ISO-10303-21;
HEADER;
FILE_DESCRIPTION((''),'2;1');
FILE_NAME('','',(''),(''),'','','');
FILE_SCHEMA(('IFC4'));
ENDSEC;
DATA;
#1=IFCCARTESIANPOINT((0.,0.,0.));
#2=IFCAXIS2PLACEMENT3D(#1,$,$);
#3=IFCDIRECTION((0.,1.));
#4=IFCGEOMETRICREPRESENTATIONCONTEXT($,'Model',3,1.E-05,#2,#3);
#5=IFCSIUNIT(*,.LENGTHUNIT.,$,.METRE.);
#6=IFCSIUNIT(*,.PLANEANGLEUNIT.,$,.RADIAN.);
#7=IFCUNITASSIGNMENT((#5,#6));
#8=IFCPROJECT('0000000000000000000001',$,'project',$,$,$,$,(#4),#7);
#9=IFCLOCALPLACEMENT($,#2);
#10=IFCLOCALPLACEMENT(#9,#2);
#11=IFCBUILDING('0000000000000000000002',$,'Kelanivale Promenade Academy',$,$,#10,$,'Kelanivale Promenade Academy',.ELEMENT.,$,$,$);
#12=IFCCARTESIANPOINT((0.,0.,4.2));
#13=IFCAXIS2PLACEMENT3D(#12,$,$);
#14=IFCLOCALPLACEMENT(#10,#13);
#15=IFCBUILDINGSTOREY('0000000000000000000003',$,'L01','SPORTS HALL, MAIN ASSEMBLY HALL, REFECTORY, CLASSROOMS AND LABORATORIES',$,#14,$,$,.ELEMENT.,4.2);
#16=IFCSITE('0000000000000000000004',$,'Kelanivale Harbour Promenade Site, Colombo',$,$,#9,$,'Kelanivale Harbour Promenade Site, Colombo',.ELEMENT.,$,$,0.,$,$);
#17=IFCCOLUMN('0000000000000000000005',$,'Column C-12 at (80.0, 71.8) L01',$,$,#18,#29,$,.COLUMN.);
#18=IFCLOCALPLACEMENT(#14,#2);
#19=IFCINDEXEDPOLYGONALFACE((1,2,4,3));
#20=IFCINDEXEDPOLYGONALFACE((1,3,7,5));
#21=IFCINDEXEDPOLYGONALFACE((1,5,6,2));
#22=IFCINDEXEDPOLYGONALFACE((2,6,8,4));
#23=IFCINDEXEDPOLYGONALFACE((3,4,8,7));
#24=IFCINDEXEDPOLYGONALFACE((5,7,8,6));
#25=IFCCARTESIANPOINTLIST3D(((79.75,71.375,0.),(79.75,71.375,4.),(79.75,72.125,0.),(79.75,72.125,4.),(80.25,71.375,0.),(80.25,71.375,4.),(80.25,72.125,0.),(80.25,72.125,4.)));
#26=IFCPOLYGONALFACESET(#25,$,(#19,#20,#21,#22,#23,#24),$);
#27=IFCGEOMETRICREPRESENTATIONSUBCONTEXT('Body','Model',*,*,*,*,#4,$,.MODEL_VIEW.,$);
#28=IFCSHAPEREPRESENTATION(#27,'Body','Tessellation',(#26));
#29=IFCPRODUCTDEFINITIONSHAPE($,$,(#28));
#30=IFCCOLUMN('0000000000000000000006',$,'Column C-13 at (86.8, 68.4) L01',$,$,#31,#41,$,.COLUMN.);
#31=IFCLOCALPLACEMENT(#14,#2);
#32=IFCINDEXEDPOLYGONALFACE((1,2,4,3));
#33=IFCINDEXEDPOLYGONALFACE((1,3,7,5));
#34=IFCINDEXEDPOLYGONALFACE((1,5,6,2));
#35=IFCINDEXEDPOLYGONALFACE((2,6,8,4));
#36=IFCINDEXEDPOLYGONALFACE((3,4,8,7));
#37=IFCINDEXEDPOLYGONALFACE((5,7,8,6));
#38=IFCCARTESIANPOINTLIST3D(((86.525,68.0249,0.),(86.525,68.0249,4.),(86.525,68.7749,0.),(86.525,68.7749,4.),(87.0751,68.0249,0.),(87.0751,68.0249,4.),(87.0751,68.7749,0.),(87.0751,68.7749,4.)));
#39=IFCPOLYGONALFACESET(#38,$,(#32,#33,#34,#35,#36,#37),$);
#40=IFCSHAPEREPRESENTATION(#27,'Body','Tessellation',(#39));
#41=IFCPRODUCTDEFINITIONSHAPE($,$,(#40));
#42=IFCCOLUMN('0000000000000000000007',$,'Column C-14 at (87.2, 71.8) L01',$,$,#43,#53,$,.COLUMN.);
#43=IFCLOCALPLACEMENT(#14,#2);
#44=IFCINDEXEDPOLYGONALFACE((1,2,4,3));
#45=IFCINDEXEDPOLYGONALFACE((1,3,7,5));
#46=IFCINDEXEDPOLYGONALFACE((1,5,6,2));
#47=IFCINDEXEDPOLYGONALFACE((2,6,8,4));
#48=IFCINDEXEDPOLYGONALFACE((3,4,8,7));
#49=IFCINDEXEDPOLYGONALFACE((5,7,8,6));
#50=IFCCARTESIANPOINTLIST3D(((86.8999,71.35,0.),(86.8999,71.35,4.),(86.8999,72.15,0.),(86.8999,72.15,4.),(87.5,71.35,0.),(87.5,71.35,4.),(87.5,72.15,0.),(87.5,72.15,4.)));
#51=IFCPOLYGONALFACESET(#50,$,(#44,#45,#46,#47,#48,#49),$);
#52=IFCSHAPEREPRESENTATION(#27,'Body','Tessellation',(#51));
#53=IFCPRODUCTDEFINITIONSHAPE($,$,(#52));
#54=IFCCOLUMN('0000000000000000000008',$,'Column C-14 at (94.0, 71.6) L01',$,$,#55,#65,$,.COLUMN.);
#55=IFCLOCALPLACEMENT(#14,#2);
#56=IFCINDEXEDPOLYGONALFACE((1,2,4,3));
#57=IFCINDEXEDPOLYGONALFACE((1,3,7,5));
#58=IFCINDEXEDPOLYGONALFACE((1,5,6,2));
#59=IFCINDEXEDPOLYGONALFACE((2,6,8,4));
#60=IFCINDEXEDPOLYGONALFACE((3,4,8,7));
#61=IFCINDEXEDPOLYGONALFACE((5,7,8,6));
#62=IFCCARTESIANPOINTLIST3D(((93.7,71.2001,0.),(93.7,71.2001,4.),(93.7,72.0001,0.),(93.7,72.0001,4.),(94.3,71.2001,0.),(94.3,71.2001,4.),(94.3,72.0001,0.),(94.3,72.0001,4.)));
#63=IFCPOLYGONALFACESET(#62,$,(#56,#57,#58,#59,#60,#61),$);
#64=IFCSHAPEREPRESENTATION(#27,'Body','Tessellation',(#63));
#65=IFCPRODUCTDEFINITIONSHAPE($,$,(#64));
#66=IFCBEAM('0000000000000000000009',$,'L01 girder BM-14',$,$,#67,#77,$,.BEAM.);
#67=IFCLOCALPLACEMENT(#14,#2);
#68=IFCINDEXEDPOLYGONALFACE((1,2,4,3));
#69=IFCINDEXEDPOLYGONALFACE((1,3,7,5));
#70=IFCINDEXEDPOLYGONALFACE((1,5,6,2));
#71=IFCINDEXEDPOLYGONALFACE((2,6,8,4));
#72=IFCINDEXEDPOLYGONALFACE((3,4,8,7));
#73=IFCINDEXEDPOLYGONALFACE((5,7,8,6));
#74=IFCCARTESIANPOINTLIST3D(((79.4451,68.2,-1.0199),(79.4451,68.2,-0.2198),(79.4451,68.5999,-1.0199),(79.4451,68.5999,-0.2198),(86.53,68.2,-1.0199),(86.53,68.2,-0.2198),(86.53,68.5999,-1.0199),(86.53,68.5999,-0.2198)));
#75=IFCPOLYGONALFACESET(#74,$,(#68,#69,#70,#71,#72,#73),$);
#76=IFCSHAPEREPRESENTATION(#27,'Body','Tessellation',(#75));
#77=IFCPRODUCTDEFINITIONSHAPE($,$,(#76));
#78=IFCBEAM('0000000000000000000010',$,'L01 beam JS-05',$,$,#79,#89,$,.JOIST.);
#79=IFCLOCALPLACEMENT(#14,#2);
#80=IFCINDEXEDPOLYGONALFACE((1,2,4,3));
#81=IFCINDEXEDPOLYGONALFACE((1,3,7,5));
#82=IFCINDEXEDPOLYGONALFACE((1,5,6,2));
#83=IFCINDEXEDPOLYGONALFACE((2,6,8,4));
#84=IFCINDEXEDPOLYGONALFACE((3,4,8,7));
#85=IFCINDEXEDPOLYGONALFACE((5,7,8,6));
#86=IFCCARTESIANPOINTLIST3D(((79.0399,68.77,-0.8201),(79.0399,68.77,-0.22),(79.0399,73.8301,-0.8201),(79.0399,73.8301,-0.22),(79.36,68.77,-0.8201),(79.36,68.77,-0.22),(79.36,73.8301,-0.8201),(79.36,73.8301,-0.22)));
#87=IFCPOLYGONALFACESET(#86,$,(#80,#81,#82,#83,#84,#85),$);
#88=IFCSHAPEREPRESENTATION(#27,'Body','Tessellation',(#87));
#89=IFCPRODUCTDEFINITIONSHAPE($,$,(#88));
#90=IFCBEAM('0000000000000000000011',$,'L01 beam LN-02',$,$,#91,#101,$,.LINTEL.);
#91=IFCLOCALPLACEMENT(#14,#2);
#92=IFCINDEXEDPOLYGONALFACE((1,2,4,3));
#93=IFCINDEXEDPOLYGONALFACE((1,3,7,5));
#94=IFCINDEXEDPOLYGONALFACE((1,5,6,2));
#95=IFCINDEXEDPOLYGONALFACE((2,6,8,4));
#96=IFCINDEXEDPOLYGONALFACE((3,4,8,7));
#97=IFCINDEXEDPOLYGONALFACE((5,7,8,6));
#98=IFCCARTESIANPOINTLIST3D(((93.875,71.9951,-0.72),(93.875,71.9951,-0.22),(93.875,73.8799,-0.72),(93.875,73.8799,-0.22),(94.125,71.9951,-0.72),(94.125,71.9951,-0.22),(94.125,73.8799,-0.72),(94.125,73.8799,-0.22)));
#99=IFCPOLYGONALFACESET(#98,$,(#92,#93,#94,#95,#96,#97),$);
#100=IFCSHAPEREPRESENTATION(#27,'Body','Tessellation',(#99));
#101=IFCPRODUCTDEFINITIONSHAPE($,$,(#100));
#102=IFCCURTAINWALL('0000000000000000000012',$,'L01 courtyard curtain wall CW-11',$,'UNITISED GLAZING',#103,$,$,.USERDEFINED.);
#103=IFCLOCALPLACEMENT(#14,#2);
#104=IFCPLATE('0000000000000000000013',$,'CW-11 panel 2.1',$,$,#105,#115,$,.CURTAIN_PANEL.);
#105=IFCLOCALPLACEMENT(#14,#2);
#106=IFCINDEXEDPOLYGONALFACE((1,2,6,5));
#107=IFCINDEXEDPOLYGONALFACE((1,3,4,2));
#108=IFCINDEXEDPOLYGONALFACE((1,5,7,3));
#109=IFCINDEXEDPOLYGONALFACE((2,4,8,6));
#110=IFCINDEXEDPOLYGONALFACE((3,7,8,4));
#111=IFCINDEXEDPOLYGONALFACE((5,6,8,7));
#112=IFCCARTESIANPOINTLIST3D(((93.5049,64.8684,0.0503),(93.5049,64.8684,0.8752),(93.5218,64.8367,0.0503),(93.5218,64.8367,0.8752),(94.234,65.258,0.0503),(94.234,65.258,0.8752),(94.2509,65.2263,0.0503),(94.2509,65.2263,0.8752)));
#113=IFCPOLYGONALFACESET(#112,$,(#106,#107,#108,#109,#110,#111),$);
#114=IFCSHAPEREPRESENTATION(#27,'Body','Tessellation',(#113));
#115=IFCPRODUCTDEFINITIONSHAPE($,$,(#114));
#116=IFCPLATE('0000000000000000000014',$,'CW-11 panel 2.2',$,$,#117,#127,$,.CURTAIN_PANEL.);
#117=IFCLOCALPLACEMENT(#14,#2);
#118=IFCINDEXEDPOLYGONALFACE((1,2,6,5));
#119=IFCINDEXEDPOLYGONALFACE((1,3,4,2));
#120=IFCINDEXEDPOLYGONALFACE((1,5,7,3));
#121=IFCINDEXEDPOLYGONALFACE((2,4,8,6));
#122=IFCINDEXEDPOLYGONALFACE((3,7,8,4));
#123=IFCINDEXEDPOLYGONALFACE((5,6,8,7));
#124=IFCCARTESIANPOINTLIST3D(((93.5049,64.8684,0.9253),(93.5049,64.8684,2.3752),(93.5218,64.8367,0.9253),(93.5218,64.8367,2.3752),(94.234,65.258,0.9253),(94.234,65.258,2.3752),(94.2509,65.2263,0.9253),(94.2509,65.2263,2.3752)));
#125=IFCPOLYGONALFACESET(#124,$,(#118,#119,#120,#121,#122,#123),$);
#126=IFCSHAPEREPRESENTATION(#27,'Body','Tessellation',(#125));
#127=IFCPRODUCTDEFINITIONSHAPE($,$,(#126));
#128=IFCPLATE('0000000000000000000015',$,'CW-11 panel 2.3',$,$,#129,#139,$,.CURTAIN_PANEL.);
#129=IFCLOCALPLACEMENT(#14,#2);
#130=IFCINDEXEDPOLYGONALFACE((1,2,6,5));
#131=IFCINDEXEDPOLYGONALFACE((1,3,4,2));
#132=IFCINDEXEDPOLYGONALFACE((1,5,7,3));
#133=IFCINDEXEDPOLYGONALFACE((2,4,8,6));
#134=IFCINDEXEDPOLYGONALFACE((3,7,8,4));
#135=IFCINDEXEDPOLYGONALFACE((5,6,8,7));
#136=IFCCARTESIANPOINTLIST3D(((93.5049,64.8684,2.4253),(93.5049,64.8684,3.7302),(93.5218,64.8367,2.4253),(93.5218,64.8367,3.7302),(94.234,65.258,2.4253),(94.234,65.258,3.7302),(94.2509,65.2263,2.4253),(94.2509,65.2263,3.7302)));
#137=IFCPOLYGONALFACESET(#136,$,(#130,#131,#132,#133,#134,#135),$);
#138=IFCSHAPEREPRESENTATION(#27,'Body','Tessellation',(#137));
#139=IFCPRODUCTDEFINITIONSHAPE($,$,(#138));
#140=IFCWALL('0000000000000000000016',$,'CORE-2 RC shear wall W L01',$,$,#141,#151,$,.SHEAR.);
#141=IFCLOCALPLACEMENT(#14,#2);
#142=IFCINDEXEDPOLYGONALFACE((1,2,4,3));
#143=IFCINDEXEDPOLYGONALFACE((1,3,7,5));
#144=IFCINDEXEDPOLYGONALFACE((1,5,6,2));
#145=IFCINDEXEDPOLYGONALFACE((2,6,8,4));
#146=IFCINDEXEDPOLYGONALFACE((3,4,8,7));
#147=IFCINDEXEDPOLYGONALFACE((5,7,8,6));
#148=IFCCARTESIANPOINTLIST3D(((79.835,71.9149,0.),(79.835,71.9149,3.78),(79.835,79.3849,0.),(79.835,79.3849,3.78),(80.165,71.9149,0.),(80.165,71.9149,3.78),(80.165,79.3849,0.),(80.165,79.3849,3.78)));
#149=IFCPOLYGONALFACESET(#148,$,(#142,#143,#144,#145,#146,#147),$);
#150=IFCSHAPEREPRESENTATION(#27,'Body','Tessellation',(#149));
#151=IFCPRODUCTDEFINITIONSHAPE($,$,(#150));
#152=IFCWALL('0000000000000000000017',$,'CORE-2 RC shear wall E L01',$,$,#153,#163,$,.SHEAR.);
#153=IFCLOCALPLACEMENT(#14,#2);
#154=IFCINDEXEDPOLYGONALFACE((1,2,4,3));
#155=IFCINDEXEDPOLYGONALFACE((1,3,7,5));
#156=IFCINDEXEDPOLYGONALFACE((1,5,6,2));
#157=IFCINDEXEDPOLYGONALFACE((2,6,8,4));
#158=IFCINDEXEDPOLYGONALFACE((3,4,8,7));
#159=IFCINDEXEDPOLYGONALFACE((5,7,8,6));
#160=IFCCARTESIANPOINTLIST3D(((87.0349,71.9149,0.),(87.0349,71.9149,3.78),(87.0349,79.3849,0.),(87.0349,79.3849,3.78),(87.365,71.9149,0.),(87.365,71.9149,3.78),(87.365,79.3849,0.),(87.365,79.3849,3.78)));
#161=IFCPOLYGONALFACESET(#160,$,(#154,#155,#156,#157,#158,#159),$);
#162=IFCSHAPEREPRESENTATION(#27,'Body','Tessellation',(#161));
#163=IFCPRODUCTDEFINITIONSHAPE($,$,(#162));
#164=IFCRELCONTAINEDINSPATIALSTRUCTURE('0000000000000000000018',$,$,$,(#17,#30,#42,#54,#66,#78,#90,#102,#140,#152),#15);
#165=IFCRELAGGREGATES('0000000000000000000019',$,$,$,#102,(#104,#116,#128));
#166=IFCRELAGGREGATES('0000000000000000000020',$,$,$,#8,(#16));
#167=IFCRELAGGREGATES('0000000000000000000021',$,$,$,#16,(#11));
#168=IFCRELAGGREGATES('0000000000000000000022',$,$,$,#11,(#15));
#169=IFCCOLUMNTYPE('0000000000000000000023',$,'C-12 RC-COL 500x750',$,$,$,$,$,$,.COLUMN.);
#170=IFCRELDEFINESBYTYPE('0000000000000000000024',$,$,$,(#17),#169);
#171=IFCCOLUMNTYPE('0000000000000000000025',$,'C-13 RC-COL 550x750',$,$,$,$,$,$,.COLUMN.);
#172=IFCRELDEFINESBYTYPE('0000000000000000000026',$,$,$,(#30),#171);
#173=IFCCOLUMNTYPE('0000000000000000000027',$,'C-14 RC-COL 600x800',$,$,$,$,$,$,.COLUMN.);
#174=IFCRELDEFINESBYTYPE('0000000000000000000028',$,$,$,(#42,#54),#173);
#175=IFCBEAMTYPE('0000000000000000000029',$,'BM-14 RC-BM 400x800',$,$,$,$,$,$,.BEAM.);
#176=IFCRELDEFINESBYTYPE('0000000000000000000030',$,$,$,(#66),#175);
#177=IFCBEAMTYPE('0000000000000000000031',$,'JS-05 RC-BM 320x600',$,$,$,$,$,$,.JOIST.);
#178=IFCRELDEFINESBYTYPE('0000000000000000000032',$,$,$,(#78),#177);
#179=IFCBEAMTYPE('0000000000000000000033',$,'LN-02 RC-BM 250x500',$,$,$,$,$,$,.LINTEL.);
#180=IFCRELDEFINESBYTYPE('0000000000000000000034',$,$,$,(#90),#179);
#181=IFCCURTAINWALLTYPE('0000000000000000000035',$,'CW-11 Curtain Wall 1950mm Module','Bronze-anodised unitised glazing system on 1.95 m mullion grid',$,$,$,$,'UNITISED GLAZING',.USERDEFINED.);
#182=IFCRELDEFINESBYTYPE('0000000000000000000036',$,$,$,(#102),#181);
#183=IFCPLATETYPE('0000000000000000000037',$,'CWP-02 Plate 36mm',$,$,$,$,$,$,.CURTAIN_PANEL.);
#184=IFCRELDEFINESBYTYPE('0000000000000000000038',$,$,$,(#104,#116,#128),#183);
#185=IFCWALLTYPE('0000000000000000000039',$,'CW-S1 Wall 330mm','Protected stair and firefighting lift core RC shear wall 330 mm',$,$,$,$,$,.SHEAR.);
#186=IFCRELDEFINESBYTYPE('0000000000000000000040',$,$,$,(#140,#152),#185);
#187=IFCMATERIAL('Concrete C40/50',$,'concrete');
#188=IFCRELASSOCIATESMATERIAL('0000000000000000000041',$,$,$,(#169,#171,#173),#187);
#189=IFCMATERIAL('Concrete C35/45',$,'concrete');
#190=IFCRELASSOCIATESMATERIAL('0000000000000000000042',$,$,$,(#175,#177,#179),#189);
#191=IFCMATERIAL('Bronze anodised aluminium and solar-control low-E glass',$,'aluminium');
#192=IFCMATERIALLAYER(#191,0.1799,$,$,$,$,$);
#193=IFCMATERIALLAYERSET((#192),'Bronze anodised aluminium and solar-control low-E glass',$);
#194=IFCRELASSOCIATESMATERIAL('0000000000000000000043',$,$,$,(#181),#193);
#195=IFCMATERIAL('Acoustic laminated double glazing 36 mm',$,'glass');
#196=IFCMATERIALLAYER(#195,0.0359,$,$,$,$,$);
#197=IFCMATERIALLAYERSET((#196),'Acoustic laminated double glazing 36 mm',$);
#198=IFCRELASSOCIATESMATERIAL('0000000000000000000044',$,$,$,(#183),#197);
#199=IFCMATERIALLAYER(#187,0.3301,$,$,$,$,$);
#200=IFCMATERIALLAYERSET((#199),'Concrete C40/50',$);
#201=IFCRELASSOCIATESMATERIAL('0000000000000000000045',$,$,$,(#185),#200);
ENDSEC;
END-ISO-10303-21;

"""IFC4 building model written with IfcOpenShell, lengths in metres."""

from ifc_helpers import new_model, si_unit, direction, frame, frame_2d, origin, origin_2d, place, context, subcontext, project, spatial, rectangle, extrude, material, layer, layer_set, material_profile, profile_set, type_object, element, aggregate, save


model = new_model("IFC4")

# Units and contexts
model_context = context("Model", 3, precision=1e-05, world=origin(), true_north=direction((0.0, 1.0)))
body_context = subcontext(model_context, "Body", "Model", "MODEL_VIEW")
ifc_project = project(units=[si_unit("LENGTHUNIT", "METRE"), si_unit("PLANEANGLEUNIT", "RADIAN")], contexts=[model_context])

# Site, building, storey
site_placement = place(None, origin())
site = spatial("IfcSite", under=ifc_project, at=site_placement, Name="Kelanivale Harbour Promenade Site, Colombo", LongName="Kelanivale Harbour Promenade Site, Colombo", CompositionType="ELEMENT", RefElevation=0.0)
building_placement = place(site_placement, origin())
building = spatial("IfcBuilding", under=site, at=building_placement, Name="Kelanivale Promenade Academy", LongName="Kelanivale Promenade Academy", CompositionType="ELEMENT")
storey_placement = place(building_placement, frame((0.0, 0.0, 4.2)))
storey = spatial("IfcBuildingStorey", under=building, at=storey_placement, Name="L01", Description="SPORTS HALL, MAIN ASSEMBLY HALL, REFECTORY, CLASSROOMS AND LABORATORIES", CompositionType="ELEMENT", Elevation=4.2)

# Columns
ifc_material_1 = material(Name="Concrete C40/50", Category="concrete")
ifc_material_profile_1 = material_profile(ifc_material_1, rectangle(XDim=0.5, YDim=0.75, at=origin_2d()), Name="RC-COL 500x750")
ifc_profile_set_1 = profile_set([ifc_material_profile_1], Name="Concrete C40/50")
column_type_1 = type_object("IfcColumnType", Name="C-12 RC-COL 500x750", PredefinedType="COLUMN", material=ifc_profile_set_1)
column_1_placement = place(storey_placement, frame((80.0, 71.75, 0.0), z_axis=(0.0, 0.0, 1.0), x_axis=(1.0, 0.0, 0.0)))
element("IfcColumn", 1, at=column_1_placement, inside=storey, type_object=column_type_1, Name="Column C-12 at (80.0, 71.8) L01", PredefinedType="COLUMN", context=body_context, shape_type="SweptSolid", body=[
    extrude(rectangle(XDim=0.5, YDim=0.75, at=origin_2d()), origin(), (0.0, 0.0, 1.0), 4.0),
])
ifc_material_profile_2 = material_profile(ifc_material_1, rectangle(XDim=0.55, YDim=0.75, at=origin_2d()), Name="RC-COL 550x750")
ifc_profile_set_2 = profile_set([ifc_material_profile_2], Name="Concrete C40/50")
column_type_2 = type_object("IfcColumnType", Name="C-13 RC-COL 550x750", PredefinedType="COLUMN", material=ifc_profile_set_2)
column_2_placement = place(storey_placement, frame((86.8, 68.3999, 0.0), z_axis=(0.0, 0.0, 1.0), x_axis=(1.0, 0.0, 0.0)))
element("IfcColumn", 2, at=column_2_placement, inside=storey, type_object=column_type_2, Name="Column C-13 at (86.8, 68.4) L01", PredefinedType="COLUMN", context=body_context, shape_type="SweptSolid", body=[
    extrude(rectangle(XDim=0.55, YDim=0.75, at=origin_2d()), origin(), (0.0, 0.0, 1.0), 4.0),
])
ifc_material_profile_3 = material_profile(ifc_material_1, rectangle(XDim=0.6001, YDim=0.8, at=origin_2d()), Name="RC-COL 600x800")
ifc_profile_set_3 = profile_set([ifc_material_profile_3], Name="Concrete C40/50")
column_type_3 = type_object("IfcColumnType", Name="C-14 RC-COL 600x800", PredefinedType="COLUMN", material=ifc_profile_set_3)
for number, where, z_axis, x_axis, name in (
    (3, (87.2, 71.75, 0.0), (0.0, 0.0, 1.0), (1.0, 0.0, 0.0), "Column C-14 at (87.2, 71.8) L01"),
    (4, (94.0, 71.6001, 0.0), (0.0, 0.0, 1.0), (1.0, 0.0, 0.0), "Column C-14 at (94.0, 71.6) L01"),
):
    element("IfcColumn", number, at=place(storey_placement, frame(where, z_axis=z_axis, x_axis=x_axis)), inside=storey, type_object=column_type_3, Name=name, PredefinedType="COLUMN", context=body_context, shape_type="SweptSolid", body=[
        extrude(rectangle(XDim=0.6001, YDim=0.8, at=origin_2d()), origin(), (0.0, 0.0, 1.0), 4.0),
    ])

# Beams
ifc_material_2 = material(Name="Concrete C35/45", Category="concrete")
ifc_material_profile_4 = material_profile(ifc_material_2, rectangle(XDim=0.3999, YDim=0.8, at=origin_2d()), Name="RC-BM 400x800")
ifc_profile_set_4 = profile_set([ifc_material_profile_4], Name="Concrete C35/45")
beam_type_1 = type_object("IfcBeamType", Name="BM-14 RC-BM 400x800", PredefinedType="BEAM", material=ifc_profile_set_4)
beam_1_placement = place(storey_placement, frame((79.4451, 68.3999, -0.6199), z_axis=(1.0, 0.0, 0.0), x_axis=(0.0, 1.0, 0.0)))
element("IfcBeam", 5, at=beam_1_placement, inside=storey, type_object=beam_type_1, Name="L01 girder BM-14", PredefinedType="BEAM", context=body_context, shape_type="SweptSolid", body=[
    extrude(rectangle(XDim=0.3999, YDim=0.8, at=origin_2d()), origin(), (0.0, 0.0, 1.0), 7.085),
])
ifc_material_profile_5 = material_profile(ifc_material_2, rectangle(XDim=0.3201, YDim=0.6001, at=origin_2d()), Name="RC-BM 320x600")
ifc_profile_set_5 = profile_set([ifc_material_profile_5], Name="Concrete C35/45")
beam_type_2 = type_object("IfcBeamType", Name="JS-05 RC-BM 320x600", PredefinedType="JOIST", material=ifc_profile_set_5)
beam_2_placement = place(storey_placement, frame((79.2, 68.77, -0.52), z_axis=(0.0, 1.0, 0.0), x_axis=(-1.0, 0.0, 0.0)))
element("IfcBeam", 6, at=beam_2_placement, inside=storey, type_object=beam_type_2, Name="L01 beam JS-05", PredefinedType="JOIST", context=body_context, shape_type="SweptSolid", body=[
    extrude(rectangle(XDim=0.3201, YDim=0.6001, at=origin_2d()), origin(), (0.0, 0.0, 1.0), 5.0601),
])
ifc_material_profile_6 = material_profile(ifc_material_2, rectangle(XDim=0.25, YDim=0.5, at=origin_2d()), Name="RC-BM 250x500")
ifc_profile_set_6 = profile_set([ifc_material_profile_6], Name="Concrete C35/45")
beam_type_3 = type_object("IfcBeamType", Name="LN-02 RC-BM 250x500", PredefinedType="LINTEL", material=ifc_profile_set_6)
beam_3_placement = place(storey_placement, frame((94.0, 71.9951, -0.47), z_axis=(0.0, 1.0, 0.0), x_axis=(-1.0, 0.0, 0.0)))
element("IfcBeam", 7, at=beam_3_placement, inside=storey, type_object=beam_type_3, Name="L01 beam LN-02", PredefinedType="LINTEL", context=body_context, shape_type="SweptSolid", body=[
    extrude(rectangle(XDim=0.25, YDim=0.5, at=origin_2d()), origin(), (0.0, 0.0, 1.0), 1.8848),
])

# Curtain wall, plates
ifc_material_3 = material(Name="Bronze anodised aluminium and solar-control low-E glass", Category="aluminium")
ifc_layer_1 = layer(ifc_material_3, 0.1799)
ifc_layer_set_1 = layer_set([ifc_layer_1], Name="Bronze anodised aluminium and solar-control low-E glass")
curtain_wall_type = type_object("IfcCurtainWallType", Name="CW-11 Curtain Wall 1950mm Module", Description="Bronze-anodised unitised glazing system on 1.95 m mullion grid", ElementType="UNITISED GLAZING", PredefinedType="USERDEFINED", material=ifc_layer_set_1)
curtain_wall_placement = place(storey_placement, origin())
curtain_wall = element("IfcCurtainWall", 8, at=curtain_wall_placement, inside=storey, type_object=curtain_wall_type, Name="L01 courtyard curtain wall CW-11", ObjectType="UNITISED GLAZING", PredefinedType="USERDEFINED")
ifc_material_4 = material(Name="Acoustic laminated double glazing 36 mm", Category="glass")
ifc_layer_2 = layer(ifc_material_4, 0.0359)
ifc_layer_set_2 = layer_set([ifc_layer_2], Name="Acoustic laminated double glazing 36 mm")
plate_type = type_object("IfcPlateType", Name="CWP-02 Plate 36mm", PredefinedType="CURTAIN_PANEL", material=ifc_layer_set_2)
plate_1_placement = place(storey_placement, frame((93.8779, 65.0474, 0.0503), z_axis=(0.0, 0.0, 1.0), x_axis=(-0.881978, -0.47129, 0.0)))
plate_1 = element("IfcPlate", 9, at=plate_1_placement, type_object=plate_type, Name="CW-11 panel 2.1", PredefinedType="CURTAIN_PANEL", context=body_context, shape_type="SweptSolid", body=[
    extrude(rectangle(XDim=0.8267, YDim=0.0359, at=origin_2d()), origin(), (0.0, 0.0, 1.0), 0.825),
])
plate_2_placement = place(storey_placement, frame((93.8779, 65.0474, 0.9253), z_axis=(0.0, 0.0, 1.0), x_axis=(-0.881978, -0.47129, 0.0)))
plate_2 = element("IfcPlate", 10, at=plate_2_placement, type_object=plate_type, Name="CW-11 panel 2.2", PredefinedType="CURTAIN_PANEL", context=body_context, shape_type="SweptSolid", body=[
    extrude(rectangle(XDim=0.8267, YDim=0.0359, at=origin_2d()), origin(), (0.0, 0.0, 1.0), 1.45),
])
plate_3_placement = place(storey_placement, frame((93.8779, 65.0474, 2.4253), z_axis=(0.0, 0.0, 1.0), x_axis=(-0.881978, -0.47129, 0.0)))
plate_3 = element("IfcPlate", 11, at=plate_3_placement, type_object=plate_type, Name="CW-11 panel 2.3", PredefinedType="CURTAIN_PANEL", context=body_context, shape_type="SweptSolid", body=[
    extrude(rectangle(XDim=0.8267, YDim=0.0359, at=origin_2d()), origin(), (0.0, 0.0, 1.0), 1.3049),
])
aggregate(curtain_wall, [plate_1, plate_2, plate_3])

# Shared definitions
ifc_layer_3 = layer(ifc_material_1, 0.3301)
ifc_layer_set_3 = layer_set([ifc_layer_3], Name="Concrete C40/50")
wall_type_1 = type_object("IfcWallType", Name="CW-S1 Wall 330mm", Description="Protected stair and firefighting lift core RC shear wall 330 mm", PredefinedType="SHEAR", material=ifc_layer_set_3)

# Walls
for number, where, z_axis, x_axis, name in (
    (12, (80.0, 71.915, 0.0), (0.0, 0.0, 1.0), (0.0, 1.0, 0.0), "CORE-2 RC shear wall W L01"),
    (13, (87.2, 71.915, 0.0), (0.0, 0.0, 1.0), (0.0, 1.0, 0.0), "CORE-2 RC shear wall E L01"),
):
    element("IfcWall", number, at=place(storey_placement, frame(where, z_axis=z_axis, x_axis=x_axis)), inside=storey, type_object=wall_type_1, Name=name, PredefinedType="SHEAR", context=body_context, shape_type="SweptSolid", body=[
        extrude(rectangle(XDim=7.47, YDim=0.3301, at=frame_2d((3.7349, 0.0))), origin(), (0.0, 0.0, 1.0), 3.78),
    ])

save(model, "model.ifc")
